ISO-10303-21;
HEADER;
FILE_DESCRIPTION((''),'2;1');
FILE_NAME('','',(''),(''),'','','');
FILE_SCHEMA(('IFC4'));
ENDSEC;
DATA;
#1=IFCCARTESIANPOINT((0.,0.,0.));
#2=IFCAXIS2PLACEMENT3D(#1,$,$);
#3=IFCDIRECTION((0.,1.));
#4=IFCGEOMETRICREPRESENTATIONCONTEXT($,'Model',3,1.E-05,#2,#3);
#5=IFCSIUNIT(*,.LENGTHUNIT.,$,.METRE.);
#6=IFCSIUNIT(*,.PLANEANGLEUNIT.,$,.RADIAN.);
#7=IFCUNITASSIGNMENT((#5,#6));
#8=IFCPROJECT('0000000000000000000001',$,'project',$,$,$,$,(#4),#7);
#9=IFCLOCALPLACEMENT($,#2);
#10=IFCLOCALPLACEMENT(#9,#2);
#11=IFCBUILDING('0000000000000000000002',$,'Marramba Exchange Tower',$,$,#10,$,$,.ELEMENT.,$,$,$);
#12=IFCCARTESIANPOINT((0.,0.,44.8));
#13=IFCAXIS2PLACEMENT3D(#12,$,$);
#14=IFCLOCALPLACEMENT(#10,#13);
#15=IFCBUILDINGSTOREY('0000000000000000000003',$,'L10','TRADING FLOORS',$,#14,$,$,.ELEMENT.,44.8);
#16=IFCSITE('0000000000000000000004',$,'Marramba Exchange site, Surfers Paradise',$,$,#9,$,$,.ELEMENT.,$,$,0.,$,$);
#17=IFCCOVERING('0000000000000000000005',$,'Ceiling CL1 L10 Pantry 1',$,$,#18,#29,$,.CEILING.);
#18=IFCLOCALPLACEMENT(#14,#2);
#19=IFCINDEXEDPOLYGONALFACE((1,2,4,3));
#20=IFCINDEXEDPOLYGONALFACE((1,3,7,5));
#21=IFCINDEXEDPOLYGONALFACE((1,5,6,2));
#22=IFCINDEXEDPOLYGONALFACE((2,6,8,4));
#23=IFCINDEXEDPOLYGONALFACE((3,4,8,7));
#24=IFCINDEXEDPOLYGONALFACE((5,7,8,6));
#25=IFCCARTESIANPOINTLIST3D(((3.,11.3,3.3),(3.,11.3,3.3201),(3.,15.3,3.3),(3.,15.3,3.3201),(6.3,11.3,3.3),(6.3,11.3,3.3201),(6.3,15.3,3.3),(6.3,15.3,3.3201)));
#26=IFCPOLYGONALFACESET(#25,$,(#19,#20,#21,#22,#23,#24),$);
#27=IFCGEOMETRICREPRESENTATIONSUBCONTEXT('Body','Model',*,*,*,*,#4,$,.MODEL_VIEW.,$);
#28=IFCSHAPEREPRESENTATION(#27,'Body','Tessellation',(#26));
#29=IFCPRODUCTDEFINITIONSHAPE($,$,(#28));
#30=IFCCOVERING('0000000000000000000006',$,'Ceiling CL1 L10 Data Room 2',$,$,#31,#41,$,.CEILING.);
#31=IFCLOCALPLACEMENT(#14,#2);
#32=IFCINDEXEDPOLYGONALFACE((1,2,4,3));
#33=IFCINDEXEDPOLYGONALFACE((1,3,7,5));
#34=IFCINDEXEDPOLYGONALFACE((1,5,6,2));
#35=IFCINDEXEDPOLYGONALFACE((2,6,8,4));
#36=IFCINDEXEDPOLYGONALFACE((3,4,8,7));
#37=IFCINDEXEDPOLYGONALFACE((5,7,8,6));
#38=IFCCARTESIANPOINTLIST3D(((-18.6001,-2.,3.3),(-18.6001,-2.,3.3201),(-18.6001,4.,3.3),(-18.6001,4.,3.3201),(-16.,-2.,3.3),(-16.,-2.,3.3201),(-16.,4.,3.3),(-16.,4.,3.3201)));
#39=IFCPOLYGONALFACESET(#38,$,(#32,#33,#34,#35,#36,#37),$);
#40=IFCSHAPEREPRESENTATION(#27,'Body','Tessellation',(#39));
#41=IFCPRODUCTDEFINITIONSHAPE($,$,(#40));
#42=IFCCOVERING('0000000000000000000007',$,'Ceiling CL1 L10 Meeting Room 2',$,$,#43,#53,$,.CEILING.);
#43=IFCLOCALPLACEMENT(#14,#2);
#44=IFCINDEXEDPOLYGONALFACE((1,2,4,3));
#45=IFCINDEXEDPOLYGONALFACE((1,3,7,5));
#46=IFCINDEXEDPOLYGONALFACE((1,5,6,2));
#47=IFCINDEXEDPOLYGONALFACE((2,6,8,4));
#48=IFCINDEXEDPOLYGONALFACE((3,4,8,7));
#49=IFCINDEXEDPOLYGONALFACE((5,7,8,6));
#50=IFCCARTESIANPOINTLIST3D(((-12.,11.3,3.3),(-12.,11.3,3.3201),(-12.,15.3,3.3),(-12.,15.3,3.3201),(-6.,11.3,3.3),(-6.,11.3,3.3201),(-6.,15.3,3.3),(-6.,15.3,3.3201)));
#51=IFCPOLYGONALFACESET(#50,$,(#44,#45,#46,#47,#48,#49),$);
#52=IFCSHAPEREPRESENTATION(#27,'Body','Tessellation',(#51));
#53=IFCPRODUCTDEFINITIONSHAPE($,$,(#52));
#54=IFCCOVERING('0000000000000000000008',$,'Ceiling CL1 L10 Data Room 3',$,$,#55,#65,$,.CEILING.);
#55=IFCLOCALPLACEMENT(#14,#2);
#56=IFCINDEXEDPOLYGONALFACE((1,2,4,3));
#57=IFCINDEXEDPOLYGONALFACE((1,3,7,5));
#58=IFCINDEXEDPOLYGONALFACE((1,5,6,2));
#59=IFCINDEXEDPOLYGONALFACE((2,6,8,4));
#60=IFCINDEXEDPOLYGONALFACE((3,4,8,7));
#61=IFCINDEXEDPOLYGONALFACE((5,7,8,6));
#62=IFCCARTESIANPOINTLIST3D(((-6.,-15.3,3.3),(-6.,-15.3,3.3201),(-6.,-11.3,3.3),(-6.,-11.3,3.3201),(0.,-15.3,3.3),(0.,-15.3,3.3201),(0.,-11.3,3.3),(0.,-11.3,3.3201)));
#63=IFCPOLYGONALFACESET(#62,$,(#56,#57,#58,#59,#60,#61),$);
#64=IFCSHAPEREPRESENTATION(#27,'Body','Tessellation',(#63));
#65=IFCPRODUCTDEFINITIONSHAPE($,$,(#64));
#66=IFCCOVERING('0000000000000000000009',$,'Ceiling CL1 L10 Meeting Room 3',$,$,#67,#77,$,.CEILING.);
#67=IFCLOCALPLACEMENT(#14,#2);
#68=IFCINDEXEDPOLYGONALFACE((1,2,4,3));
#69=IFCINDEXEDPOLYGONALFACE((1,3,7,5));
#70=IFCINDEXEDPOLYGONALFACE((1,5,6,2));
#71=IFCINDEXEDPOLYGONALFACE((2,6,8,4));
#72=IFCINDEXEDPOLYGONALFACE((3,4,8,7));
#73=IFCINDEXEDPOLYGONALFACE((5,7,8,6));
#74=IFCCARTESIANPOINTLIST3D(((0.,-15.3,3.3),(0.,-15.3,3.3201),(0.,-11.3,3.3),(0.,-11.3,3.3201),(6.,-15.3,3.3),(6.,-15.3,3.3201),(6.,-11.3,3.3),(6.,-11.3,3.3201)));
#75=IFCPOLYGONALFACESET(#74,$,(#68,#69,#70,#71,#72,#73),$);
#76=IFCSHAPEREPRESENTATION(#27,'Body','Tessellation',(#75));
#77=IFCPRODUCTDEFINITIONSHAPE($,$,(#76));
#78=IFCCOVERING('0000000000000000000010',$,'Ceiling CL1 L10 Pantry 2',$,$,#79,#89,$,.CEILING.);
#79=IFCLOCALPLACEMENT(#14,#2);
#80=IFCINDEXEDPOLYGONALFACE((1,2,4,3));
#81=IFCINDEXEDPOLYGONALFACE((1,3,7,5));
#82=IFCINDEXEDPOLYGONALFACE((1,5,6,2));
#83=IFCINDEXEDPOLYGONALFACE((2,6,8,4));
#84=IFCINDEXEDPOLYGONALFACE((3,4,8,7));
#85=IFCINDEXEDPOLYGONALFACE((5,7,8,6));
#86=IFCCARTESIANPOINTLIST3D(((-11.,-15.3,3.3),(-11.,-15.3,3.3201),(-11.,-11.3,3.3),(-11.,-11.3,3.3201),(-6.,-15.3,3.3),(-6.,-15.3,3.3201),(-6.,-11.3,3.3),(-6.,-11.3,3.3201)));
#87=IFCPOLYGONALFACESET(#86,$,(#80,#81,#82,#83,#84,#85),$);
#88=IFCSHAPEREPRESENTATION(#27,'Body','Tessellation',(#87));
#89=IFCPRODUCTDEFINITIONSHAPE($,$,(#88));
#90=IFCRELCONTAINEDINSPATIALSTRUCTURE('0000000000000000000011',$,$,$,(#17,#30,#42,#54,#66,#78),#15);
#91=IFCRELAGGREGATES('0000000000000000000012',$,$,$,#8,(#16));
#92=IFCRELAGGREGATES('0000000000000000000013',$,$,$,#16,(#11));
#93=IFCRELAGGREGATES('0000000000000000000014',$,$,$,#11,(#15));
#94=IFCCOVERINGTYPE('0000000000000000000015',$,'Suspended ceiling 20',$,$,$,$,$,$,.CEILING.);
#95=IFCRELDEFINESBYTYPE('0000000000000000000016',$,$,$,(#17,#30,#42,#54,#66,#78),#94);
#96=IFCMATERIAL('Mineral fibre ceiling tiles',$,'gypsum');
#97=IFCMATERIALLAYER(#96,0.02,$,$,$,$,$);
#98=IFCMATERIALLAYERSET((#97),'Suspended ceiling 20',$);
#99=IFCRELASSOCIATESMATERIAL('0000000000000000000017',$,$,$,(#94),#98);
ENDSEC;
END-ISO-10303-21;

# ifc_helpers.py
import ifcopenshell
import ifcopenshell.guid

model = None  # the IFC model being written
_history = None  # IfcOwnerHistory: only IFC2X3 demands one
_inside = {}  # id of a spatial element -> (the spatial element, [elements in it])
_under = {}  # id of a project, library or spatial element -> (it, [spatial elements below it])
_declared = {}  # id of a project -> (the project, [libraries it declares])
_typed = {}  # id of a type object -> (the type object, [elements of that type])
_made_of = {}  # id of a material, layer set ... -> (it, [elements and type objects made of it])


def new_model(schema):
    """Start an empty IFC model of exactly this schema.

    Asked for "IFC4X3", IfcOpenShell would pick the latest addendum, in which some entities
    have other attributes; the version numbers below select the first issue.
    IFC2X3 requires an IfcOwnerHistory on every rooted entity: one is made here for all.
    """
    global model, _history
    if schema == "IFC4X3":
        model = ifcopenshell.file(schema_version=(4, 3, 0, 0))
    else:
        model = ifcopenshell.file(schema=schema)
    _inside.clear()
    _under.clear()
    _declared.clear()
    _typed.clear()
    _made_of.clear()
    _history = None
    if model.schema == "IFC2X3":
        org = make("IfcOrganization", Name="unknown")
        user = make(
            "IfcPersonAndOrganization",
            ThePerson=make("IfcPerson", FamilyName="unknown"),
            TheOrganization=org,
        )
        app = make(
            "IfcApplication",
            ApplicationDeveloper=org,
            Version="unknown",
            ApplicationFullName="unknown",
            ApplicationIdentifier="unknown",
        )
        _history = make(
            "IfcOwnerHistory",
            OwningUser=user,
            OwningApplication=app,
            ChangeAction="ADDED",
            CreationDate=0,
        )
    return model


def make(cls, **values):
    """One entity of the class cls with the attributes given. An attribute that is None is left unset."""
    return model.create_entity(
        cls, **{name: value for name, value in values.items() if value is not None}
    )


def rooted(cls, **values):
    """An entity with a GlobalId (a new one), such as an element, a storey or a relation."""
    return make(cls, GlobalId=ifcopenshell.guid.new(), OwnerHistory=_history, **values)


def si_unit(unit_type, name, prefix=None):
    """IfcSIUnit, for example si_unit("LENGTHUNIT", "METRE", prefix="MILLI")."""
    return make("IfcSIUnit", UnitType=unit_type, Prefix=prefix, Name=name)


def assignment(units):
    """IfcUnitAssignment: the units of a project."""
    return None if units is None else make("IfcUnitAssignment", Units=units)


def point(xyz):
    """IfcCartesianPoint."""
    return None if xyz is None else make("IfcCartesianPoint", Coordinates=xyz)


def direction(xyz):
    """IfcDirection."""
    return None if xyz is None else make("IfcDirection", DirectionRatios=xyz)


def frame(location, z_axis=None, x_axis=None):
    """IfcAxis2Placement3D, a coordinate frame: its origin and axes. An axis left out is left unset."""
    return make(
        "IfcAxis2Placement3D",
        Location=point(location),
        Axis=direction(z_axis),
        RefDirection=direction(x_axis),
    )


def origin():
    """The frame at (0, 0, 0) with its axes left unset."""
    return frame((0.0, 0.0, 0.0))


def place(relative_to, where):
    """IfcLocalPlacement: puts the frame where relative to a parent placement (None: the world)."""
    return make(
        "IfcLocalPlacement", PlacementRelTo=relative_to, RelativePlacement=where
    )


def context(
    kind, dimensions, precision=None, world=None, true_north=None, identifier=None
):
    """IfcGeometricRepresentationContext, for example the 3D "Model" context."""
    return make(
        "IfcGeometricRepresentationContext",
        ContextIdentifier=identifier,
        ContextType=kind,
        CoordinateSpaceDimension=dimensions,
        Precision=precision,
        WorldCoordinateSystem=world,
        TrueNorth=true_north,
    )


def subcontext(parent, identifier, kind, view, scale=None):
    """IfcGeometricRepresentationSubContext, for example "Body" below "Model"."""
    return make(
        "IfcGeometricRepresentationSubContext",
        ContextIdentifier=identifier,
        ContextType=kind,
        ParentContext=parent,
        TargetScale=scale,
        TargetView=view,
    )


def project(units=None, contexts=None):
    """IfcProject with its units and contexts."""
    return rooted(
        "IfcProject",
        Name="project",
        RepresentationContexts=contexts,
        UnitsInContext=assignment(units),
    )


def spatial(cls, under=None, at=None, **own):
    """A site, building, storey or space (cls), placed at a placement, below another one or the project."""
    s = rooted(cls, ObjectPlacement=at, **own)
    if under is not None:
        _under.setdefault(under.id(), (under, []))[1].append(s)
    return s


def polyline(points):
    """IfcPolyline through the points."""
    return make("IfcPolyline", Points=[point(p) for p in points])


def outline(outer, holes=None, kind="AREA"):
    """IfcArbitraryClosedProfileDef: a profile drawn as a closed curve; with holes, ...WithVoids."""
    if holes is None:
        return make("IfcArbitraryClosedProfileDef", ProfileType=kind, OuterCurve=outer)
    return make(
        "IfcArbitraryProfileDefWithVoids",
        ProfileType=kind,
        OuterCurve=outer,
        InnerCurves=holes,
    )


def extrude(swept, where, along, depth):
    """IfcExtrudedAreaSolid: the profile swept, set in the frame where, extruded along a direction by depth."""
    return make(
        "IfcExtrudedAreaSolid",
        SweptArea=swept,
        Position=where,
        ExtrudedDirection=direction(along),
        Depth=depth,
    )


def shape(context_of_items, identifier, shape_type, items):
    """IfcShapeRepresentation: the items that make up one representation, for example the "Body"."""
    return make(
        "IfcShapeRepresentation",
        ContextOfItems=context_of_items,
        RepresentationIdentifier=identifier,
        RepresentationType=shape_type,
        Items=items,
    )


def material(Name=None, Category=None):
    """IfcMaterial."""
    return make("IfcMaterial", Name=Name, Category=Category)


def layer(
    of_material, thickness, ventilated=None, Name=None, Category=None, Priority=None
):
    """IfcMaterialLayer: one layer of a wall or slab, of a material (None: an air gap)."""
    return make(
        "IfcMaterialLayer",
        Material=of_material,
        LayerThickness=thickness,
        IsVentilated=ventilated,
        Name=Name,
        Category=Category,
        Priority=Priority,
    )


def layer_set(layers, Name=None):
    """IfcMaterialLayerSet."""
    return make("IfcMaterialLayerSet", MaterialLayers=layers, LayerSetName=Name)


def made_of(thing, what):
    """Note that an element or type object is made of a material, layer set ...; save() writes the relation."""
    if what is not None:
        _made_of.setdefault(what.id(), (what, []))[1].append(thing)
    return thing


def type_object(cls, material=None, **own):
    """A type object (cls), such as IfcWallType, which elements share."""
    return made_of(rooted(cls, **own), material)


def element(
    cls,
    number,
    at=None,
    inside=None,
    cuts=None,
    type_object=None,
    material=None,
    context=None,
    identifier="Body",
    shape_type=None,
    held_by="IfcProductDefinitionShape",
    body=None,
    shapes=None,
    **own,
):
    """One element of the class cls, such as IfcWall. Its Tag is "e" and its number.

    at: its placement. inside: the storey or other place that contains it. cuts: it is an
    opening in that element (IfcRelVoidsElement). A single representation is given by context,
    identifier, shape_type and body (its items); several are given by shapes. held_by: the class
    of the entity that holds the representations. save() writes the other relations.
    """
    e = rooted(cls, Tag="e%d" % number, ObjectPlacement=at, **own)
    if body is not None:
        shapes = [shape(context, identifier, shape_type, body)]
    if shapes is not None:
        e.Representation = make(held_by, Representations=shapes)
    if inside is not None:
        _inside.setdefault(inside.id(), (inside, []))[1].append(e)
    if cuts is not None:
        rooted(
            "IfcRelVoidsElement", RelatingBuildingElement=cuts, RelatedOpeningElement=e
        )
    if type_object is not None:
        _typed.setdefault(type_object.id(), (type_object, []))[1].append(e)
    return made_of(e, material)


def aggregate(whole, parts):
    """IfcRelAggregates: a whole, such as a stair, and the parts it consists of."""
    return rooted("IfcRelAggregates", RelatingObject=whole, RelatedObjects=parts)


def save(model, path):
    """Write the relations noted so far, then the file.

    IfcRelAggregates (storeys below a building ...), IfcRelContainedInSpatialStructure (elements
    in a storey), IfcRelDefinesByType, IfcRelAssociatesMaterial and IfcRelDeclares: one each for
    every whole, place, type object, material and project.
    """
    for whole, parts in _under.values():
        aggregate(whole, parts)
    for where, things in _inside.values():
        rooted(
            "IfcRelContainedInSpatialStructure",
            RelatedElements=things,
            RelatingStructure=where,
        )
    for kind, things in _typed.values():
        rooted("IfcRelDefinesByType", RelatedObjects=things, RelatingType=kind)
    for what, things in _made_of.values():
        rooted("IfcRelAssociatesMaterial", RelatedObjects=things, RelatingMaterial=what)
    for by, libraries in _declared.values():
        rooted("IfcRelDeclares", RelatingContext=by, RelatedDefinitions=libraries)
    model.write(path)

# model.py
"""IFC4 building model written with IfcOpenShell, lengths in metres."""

from ifc_helpers import new_model, si_unit, direction, frame, origin, place, context, subcontext, project, spatial, polyline, outline, extrude, material, layer, layer_set, type_object, element, save


model = new_model("IFC4")

# Units and contexts
model_context = context("Model", 3, precision=1e-05, world=origin(), true_north=direction((0.0, 1.0)))
body_context = subcontext(model_context, "Body", "Model", "MODEL_VIEW")
ifc_project = project(units=[si_unit("LENGTHUNIT", "METRE"), si_unit("PLANEANGLEUNIT", "RADIAN")], contexts=[model_context])

# Site, building, storey
site_placement = place(None, origin())
site = spatial("IfcSite", under=ifc_project, at=site_placement, Name="Marramba Exchange site, Surfers Paradise", CompositionType="ELEMENT", RefElevation=0.0)
building_placement = place(site_placement, origin())
building = spatial("IfcBuilding", under=site, at=building_placement, Name="Marramba Exchange Tower", CompositionType="ELEMENT")
storey_placement = place(building_placement, frame((0.0, 0.0, 44.8)))
storey = spatial("IfcBuildingStorey", under=building, at=storey_placement, Name="L10", Description="TRADING FLOORS", CompositionType="ELEMENT", Elevation=44.8)

# Coverings
ifc_material_1 = material(Name="Mineral fibre ceiling tiles", Category="gypsum")
ifc_layer_1 = layer(ifc_material_1, 0.02)
ifc_layer_set_1 = layer_set([ifc_layer_1], Name="Suspended ceiling 20")
covering_type_1 = type_object("IfcCoveringType", Name="Suspended ceiling 20", PredefinedType="CEILING", material=ifc_layer_set_1)
covering_1_placement = place(storey_placement, frame((0.0, 0.0, 3.3)))
element("IfcCovering", 1, at=covering_1_placement, inside=storey, type_object=covering_type_1, Name="Ceiling CL1 L10 Pantry 1", PredefinedType="CEILING", context=body_context, shape_type="SweptSolid", body=[
    extrude(outline(polyline([(6.3, 11.3), (3.0, 11.3), (3.0, 15.3), (6.3, 15.3), (6.3, 11.3)])), origin(), (0.0, 0.0, 1.0), 0.02),
])
covering_2_placement = place(storey_placement, frame((0.0, 0.0, 3.3)))
element("IfcCovering", 2, at=covering_2_placement, inside=storey, type_object=covering_type_1, Name="Ceiling CL1 L10 Data Room 2", PredefinedType="CEILING", context=body_context, shape_type="SweptSolid", body=[
    extrude(outline(polyline([(-16.0, -2.0), (-18.6001, -2.0), (-18.6001, 4.0), (-16.0, 4.0), (-16.0, -2.0)])), origin(), (0.0, 0.0, 1.0), 0.02),
])
covering_3_placement = place(storey_placement, frame((0.0, 0.0, 3.3)))
element("IfcCovering", 3, at=covering_3_placement, inside=storey, type_object=covering_type_1, Name="Ceiling CL1 L10 Meeting Room 2", PredefinedType="CEILING", context=body_context, shape_type="SweptSolid", body=[
    extrude(outline(polyline([(-6.0, 11.3), (-12.0, 11.3), (-12.0, 15.3), (-6.0, 15.3), (-6.0, 11.3)])), origin(), (0.0, 0.0, 1.0), 0.02),
])
covering_4_placement = place(storey_placement, frame((0.0, 0.0, 3.3)))
element("IfcCovering", 4, at=covering_4_placement, inside=storey, type_object=covering_type_1, Name="Ceiling CL1 L10 Data Room 3", PredefinedType="CEILING", context=body_context, shape_type="SweptSolid", body=[
    extrude(outline(polyline([(0.0, -15.3), (-6.0, -15.3), (-6.0, -11.3), (0.0, -11.3), (0.0, -15.3)])), origin(), (0.0, 0.0, 1.0), 0.02),
])
covering_5_placement = place(storey_placement, frame((0.0, 0.0, 3.3)))
element("IfcCovering", 5, at=covering_5_placement, inside=storey, type_object=covering_type_1, Name="Ceiling CL1 L10 Meeting Room 3", PredefinedType="CEILING", context=body_context, shape_type="SweptSolid", body=[
    extrude(outline(polyline([(6.0, -15.3), (0.0, -15.3), (0.0, -11.3), (6.0, -11.3), (6.0, -15.3)])), origin(), (0.0, 0.0, 1.0), 0.02),
])
covering_6_placement = place(storey_placement, frame((0.0, 0.0, 3.3)))
element("IfcCovering", 6, at=covering_6_placement, inside=storey, type_object=covering_type_1, Name="Ceiling CL1 L10 Pantry 2", PredefinedType="CEILING", context=body_context, shape_type="SweptSolid", body=[
    extrude(outline(polyline([(-6.0, -15.3), (-11.0, -15.3), (-11.0, -11.3), (-6.0, -11.3), (-6.0, -15.3)])), origin(), (0.0, 0.0, 1.0), 0.02),
])

save(model, "model.ifc")
